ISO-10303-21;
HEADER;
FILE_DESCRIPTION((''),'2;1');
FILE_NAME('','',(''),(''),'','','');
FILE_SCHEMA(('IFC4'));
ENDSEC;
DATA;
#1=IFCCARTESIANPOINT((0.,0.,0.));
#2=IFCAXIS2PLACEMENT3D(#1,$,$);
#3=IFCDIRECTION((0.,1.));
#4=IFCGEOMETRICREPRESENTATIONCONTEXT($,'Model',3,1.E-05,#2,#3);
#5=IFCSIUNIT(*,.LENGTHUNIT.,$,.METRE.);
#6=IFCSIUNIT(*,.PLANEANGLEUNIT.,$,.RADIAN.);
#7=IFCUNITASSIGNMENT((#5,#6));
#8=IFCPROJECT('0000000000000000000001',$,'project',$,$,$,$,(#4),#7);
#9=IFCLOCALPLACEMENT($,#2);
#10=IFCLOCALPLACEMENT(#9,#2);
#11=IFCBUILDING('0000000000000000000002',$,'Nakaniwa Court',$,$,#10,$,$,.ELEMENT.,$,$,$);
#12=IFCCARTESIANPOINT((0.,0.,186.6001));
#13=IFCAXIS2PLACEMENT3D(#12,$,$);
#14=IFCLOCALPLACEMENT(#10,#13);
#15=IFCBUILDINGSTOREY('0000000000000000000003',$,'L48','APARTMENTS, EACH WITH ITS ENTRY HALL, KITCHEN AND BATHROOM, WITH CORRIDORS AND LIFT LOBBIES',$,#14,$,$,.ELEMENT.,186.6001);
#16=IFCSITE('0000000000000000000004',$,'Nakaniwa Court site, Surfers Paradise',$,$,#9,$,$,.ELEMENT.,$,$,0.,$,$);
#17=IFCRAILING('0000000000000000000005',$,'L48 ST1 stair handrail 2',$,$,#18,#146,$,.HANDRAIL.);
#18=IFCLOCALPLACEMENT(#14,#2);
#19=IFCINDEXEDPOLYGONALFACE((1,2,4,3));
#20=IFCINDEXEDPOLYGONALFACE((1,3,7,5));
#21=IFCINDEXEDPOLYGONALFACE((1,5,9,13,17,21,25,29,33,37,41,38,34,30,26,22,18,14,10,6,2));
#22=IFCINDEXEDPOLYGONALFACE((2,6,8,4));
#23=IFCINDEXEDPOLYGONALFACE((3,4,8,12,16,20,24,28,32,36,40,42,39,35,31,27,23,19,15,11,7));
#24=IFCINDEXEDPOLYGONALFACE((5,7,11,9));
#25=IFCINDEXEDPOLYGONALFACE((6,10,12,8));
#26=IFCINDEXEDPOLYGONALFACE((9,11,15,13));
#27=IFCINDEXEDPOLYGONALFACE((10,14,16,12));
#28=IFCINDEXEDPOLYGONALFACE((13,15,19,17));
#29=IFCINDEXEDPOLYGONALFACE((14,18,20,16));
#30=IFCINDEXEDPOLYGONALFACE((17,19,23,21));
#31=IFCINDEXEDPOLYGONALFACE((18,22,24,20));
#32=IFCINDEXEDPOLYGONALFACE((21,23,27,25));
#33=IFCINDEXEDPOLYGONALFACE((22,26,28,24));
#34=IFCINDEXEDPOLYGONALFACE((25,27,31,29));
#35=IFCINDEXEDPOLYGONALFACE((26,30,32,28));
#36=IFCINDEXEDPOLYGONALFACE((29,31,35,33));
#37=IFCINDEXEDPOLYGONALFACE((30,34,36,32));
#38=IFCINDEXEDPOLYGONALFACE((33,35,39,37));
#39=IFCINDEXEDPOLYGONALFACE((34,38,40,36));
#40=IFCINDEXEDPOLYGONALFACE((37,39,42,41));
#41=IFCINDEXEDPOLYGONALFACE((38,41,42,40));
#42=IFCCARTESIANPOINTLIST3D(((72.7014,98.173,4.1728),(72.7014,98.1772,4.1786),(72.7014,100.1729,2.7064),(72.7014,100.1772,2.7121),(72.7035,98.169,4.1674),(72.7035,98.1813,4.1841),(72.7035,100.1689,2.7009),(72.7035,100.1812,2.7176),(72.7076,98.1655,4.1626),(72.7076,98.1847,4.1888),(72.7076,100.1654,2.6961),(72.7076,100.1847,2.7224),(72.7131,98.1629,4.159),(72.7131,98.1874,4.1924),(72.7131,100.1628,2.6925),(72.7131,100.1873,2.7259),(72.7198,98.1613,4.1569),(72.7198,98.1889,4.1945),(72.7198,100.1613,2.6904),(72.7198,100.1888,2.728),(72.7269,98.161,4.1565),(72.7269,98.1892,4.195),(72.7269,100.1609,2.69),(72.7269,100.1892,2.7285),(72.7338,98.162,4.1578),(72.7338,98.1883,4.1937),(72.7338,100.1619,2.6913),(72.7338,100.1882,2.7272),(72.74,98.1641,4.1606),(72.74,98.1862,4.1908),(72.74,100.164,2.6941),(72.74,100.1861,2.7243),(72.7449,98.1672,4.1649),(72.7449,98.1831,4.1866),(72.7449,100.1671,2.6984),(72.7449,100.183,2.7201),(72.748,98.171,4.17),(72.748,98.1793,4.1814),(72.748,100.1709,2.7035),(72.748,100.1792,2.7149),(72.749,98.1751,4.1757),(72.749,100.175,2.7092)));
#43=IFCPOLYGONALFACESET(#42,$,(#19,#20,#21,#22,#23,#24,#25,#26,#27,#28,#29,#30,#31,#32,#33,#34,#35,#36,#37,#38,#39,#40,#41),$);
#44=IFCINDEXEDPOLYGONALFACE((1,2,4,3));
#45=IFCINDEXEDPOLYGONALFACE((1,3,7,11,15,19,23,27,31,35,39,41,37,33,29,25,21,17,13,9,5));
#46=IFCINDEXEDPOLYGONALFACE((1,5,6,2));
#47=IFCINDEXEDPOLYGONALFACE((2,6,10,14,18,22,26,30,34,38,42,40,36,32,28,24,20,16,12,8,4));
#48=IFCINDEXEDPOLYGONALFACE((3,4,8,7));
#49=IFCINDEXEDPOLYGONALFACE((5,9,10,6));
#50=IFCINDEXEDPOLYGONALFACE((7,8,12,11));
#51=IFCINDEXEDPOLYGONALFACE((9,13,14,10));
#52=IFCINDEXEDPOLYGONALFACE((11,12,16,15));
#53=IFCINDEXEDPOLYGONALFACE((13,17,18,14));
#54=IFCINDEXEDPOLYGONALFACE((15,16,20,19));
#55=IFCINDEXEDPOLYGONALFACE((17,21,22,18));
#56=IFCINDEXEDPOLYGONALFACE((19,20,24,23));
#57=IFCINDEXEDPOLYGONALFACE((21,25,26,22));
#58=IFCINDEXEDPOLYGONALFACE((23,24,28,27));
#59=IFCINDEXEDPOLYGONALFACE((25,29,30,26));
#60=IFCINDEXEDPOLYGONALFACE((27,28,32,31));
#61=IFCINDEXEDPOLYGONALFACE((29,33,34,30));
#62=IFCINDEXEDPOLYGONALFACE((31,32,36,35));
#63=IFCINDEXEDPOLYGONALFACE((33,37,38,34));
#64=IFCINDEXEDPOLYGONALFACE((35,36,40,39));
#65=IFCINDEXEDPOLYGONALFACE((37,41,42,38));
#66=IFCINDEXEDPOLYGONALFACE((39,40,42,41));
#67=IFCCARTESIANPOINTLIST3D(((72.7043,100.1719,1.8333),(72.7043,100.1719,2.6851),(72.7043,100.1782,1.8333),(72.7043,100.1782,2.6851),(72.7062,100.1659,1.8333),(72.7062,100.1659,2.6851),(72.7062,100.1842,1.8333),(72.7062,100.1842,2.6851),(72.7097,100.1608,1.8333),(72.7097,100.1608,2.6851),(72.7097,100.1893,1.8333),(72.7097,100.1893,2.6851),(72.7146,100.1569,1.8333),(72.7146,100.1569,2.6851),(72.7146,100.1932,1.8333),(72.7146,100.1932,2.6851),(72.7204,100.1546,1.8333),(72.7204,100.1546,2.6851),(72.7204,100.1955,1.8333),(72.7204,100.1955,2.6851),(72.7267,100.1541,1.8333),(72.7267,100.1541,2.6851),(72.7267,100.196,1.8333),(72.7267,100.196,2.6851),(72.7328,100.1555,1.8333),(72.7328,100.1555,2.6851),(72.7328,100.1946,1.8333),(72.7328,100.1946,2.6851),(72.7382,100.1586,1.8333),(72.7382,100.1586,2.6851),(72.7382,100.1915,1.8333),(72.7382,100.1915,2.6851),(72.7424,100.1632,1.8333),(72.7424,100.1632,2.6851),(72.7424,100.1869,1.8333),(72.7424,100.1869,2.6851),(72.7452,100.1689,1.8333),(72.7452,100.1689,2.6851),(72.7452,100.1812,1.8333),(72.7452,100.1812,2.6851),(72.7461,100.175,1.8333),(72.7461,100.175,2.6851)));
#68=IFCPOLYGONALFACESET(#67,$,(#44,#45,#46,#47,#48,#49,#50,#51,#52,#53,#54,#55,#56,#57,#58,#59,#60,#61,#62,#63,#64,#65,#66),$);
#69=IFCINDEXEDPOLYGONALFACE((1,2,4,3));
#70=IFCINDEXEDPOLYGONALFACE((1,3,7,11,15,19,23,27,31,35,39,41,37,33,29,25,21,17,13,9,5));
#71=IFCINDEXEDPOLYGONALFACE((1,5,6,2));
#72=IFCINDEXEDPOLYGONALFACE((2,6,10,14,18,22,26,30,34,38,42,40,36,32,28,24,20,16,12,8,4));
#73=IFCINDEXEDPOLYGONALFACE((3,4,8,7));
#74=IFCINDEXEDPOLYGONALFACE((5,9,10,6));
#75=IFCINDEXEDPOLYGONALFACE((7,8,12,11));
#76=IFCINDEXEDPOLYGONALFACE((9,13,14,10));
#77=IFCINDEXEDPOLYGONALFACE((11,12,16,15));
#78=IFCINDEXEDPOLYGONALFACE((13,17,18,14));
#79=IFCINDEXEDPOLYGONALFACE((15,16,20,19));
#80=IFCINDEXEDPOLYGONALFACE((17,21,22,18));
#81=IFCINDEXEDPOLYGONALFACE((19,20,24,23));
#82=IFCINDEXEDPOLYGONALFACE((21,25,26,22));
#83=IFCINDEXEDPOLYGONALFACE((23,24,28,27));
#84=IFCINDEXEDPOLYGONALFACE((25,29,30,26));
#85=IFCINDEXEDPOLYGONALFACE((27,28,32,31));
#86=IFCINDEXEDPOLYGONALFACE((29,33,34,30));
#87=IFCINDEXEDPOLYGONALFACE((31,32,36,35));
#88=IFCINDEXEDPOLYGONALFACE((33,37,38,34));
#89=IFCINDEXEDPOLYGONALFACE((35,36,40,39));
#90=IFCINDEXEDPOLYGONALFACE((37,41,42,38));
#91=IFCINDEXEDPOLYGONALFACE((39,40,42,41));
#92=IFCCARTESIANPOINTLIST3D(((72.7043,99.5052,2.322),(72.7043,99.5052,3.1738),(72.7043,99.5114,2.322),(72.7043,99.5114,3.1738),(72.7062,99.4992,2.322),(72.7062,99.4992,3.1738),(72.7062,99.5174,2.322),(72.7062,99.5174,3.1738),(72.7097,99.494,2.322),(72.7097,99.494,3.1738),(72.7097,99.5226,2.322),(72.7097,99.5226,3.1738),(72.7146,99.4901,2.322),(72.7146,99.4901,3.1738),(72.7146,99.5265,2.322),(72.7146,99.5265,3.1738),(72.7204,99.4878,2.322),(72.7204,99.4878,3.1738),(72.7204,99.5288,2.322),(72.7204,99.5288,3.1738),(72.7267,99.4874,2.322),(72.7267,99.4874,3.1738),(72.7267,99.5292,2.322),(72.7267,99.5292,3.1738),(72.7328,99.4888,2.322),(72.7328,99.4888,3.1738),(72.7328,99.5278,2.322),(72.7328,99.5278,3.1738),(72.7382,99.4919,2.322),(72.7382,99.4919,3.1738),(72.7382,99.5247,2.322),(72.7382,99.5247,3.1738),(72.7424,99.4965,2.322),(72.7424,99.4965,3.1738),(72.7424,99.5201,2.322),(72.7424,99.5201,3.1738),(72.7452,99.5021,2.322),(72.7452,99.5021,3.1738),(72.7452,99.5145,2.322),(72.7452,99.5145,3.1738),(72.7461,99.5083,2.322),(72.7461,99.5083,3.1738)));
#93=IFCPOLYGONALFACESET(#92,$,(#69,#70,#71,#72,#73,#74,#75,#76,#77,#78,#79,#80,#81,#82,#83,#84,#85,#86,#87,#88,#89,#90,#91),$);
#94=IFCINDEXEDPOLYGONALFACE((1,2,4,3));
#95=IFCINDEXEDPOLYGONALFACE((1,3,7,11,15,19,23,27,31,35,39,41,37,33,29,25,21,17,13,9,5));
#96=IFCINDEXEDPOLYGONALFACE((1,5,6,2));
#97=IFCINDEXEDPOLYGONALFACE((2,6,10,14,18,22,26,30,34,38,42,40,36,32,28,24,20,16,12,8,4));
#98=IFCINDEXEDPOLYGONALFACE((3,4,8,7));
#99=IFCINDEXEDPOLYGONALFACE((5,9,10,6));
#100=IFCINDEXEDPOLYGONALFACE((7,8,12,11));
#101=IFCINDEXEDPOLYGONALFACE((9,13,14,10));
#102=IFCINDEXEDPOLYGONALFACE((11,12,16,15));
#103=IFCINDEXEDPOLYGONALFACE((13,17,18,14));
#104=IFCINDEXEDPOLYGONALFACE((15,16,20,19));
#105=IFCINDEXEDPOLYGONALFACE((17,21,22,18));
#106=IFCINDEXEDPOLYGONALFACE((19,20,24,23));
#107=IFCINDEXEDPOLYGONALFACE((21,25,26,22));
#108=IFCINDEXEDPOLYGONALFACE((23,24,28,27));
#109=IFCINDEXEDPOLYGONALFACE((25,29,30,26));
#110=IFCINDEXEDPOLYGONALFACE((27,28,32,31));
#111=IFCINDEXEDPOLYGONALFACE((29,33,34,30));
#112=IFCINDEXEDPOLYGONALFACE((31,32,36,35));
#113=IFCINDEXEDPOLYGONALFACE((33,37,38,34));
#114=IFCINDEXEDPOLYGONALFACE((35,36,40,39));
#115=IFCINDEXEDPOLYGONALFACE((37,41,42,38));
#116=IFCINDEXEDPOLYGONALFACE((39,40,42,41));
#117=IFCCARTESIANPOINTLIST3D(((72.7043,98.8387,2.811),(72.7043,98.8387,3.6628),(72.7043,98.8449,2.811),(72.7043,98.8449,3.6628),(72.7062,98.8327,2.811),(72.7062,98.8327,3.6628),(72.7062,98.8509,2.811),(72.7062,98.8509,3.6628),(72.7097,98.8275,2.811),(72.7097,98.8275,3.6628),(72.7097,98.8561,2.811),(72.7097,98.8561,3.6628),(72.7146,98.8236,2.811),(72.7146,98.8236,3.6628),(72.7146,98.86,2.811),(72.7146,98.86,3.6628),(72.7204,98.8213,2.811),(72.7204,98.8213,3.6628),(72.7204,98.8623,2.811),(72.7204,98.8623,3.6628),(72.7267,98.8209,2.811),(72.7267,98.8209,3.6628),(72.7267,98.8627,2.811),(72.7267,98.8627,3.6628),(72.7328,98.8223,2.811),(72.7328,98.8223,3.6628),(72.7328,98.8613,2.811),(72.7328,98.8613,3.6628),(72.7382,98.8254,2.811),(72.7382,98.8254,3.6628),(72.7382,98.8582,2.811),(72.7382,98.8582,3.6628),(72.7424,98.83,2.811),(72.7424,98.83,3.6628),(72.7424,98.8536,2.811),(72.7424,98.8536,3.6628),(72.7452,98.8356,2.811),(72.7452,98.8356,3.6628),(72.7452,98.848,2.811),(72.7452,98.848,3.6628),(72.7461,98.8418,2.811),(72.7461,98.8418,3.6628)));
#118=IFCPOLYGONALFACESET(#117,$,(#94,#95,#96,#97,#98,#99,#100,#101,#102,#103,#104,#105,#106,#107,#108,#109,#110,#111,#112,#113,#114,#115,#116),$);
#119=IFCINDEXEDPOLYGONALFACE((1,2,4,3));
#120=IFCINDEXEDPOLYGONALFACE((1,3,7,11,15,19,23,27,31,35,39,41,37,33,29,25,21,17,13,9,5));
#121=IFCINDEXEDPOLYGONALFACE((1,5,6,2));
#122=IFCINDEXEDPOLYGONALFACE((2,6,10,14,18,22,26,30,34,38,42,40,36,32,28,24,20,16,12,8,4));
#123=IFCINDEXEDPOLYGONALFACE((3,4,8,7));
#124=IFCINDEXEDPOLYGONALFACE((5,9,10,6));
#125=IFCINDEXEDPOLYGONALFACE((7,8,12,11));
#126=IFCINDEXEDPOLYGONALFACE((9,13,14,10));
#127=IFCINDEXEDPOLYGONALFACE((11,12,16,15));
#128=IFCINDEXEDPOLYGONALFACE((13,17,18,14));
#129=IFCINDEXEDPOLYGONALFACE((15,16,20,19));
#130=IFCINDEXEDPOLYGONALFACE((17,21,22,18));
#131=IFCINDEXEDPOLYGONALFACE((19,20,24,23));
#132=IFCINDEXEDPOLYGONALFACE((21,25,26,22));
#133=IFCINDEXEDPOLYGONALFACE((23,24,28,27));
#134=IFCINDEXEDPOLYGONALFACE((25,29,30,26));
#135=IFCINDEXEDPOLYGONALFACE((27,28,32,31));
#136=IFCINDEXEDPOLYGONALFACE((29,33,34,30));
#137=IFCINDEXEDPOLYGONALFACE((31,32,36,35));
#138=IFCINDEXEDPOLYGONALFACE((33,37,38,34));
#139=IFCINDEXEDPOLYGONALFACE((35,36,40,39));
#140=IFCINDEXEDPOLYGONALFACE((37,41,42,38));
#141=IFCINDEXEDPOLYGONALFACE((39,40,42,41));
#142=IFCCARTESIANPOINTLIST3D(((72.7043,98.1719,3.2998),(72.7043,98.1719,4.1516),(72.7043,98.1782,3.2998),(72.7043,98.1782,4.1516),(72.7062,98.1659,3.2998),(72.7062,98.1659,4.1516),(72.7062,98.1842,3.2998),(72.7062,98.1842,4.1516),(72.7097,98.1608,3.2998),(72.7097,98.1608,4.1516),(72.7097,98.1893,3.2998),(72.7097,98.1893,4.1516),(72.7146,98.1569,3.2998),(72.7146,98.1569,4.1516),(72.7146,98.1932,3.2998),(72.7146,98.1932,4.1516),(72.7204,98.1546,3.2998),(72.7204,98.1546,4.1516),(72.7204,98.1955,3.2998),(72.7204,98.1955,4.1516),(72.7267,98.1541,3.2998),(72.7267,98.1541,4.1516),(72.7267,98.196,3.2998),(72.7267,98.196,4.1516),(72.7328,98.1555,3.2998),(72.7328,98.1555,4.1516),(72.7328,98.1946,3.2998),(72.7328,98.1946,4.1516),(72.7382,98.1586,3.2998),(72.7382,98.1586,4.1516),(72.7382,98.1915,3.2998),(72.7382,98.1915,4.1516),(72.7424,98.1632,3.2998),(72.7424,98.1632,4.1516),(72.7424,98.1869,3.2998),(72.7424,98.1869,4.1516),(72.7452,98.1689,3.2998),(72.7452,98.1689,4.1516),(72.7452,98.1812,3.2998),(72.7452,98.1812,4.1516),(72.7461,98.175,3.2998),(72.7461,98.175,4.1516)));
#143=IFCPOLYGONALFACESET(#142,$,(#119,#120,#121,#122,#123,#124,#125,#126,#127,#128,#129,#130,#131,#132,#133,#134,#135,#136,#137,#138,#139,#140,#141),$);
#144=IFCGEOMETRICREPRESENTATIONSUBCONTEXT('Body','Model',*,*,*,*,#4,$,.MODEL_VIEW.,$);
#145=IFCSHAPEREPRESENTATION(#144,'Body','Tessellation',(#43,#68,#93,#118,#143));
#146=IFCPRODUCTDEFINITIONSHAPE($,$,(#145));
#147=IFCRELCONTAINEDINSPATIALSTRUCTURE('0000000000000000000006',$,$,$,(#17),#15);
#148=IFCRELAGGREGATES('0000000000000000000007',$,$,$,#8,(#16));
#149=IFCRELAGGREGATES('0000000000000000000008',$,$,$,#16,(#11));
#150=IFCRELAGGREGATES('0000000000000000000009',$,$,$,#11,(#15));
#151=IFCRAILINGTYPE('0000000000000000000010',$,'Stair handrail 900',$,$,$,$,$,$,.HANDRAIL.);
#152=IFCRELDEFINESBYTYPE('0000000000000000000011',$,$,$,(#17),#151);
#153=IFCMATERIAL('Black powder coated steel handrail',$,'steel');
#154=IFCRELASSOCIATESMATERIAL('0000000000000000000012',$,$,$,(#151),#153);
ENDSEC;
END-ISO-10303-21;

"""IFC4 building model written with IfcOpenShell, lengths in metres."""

from ifc_helpers import new_model, si_unit, direction, frame, origin, origin_2d, place, context, subcontext, project, spatial, circle, extrude, material, type_object, element, save


model = new_model("IFC4")

# Units and contexts
model_context = context("Model", 3, precision=1e-05, world=origin(), true_north=direction((0.0, 1.0)))
body_context = subcontext(model_context, "Body", "Model", "MODEL_VIEW")
ifc_project = project(units=[si_unit("LENGTHUNIT", "METRE"), si_unit("PLANEANGLEUNIT", "RADIAN")], contexts=[model_context])

# Site, building, storey
site_placement = place(None, origin())
site = spatial("IfcSite", under=ifc_project, at=site_placement, Name="Nakaniwa Court site, Surfers Paradise", CompositionType="ELEMENT", RefElevation=0.0)
building_placement = place(site_placement, origin())
building = spatial("IfcBuilding", under=site, at=building_placement, Name="Nakaniwa Court", CompositionType="ELEMENT")
storey_placement = place(building_placement, frame((0.0, 0.0, 186.6001)))
storey = spatial("IfcBuildingStorey", under=building, at=storey_placement, Name="L48", Description="APARTMENTS, EACH WITH ITS ENTRY HALL, KITCHEN AND BATHROOM, WITH CORRIDORS AND LIFT LOBBIES", CompositionType="ELEMENT", Elevation=186.6001)

# Railing
ifc_material_1 = material(Name="Black powder coated steel handrail", Category="steel")
railing_type_1 = type_object("IfcRailingType", Name="Stair handrail 900", PredefinedType="HANDRAIL", material=ifc_material_1)
railing_1_placement = place(storey_placement, frame((72.7251, 100.175, 1.8333)))
element("IfcRailing", 1, at=railing_1_placement, inside=storey, type_object=railing_type_1, Name="L48 ST1 stair handrail 2", PredefinedType="HANDRAIL", context=body_context, shape_type="SweptSolid", body=[
    extrude(circle(Radius=0.0239, at=origin_2d()), frame((0.0, 0.0, 0.876), z_axis=(0.0, -0.806427, 0.591334), x_axis=(1.0, 0.0, 0.0)), (0.0, 0.0, 1.0), 2.48),
    extrude(circle(Radius=0.021, at=origin_2d()), origin(), (0.0, 0.0, 1.0), 0.8518),
    extrude(circle(Radius=0.021, at=origin_2d()), frame((0.0, -0.6667, 0.4888)), (0.0, 0.0, 1.0), 0.8518),
    extrude(circle(Radius=0.021, at=origin_2d()), frame((0.0, -1.3333, 0.9778)), (0.0, 0.0, 1.0), 0.8518),
    extrude(circle(Radius=0.021, at=origin_2d()), frame((0.0, -2.0, 1.4666)), (0.0, 0.0, 1.0), 0.8518),
])

save(model, "model.ifc")
